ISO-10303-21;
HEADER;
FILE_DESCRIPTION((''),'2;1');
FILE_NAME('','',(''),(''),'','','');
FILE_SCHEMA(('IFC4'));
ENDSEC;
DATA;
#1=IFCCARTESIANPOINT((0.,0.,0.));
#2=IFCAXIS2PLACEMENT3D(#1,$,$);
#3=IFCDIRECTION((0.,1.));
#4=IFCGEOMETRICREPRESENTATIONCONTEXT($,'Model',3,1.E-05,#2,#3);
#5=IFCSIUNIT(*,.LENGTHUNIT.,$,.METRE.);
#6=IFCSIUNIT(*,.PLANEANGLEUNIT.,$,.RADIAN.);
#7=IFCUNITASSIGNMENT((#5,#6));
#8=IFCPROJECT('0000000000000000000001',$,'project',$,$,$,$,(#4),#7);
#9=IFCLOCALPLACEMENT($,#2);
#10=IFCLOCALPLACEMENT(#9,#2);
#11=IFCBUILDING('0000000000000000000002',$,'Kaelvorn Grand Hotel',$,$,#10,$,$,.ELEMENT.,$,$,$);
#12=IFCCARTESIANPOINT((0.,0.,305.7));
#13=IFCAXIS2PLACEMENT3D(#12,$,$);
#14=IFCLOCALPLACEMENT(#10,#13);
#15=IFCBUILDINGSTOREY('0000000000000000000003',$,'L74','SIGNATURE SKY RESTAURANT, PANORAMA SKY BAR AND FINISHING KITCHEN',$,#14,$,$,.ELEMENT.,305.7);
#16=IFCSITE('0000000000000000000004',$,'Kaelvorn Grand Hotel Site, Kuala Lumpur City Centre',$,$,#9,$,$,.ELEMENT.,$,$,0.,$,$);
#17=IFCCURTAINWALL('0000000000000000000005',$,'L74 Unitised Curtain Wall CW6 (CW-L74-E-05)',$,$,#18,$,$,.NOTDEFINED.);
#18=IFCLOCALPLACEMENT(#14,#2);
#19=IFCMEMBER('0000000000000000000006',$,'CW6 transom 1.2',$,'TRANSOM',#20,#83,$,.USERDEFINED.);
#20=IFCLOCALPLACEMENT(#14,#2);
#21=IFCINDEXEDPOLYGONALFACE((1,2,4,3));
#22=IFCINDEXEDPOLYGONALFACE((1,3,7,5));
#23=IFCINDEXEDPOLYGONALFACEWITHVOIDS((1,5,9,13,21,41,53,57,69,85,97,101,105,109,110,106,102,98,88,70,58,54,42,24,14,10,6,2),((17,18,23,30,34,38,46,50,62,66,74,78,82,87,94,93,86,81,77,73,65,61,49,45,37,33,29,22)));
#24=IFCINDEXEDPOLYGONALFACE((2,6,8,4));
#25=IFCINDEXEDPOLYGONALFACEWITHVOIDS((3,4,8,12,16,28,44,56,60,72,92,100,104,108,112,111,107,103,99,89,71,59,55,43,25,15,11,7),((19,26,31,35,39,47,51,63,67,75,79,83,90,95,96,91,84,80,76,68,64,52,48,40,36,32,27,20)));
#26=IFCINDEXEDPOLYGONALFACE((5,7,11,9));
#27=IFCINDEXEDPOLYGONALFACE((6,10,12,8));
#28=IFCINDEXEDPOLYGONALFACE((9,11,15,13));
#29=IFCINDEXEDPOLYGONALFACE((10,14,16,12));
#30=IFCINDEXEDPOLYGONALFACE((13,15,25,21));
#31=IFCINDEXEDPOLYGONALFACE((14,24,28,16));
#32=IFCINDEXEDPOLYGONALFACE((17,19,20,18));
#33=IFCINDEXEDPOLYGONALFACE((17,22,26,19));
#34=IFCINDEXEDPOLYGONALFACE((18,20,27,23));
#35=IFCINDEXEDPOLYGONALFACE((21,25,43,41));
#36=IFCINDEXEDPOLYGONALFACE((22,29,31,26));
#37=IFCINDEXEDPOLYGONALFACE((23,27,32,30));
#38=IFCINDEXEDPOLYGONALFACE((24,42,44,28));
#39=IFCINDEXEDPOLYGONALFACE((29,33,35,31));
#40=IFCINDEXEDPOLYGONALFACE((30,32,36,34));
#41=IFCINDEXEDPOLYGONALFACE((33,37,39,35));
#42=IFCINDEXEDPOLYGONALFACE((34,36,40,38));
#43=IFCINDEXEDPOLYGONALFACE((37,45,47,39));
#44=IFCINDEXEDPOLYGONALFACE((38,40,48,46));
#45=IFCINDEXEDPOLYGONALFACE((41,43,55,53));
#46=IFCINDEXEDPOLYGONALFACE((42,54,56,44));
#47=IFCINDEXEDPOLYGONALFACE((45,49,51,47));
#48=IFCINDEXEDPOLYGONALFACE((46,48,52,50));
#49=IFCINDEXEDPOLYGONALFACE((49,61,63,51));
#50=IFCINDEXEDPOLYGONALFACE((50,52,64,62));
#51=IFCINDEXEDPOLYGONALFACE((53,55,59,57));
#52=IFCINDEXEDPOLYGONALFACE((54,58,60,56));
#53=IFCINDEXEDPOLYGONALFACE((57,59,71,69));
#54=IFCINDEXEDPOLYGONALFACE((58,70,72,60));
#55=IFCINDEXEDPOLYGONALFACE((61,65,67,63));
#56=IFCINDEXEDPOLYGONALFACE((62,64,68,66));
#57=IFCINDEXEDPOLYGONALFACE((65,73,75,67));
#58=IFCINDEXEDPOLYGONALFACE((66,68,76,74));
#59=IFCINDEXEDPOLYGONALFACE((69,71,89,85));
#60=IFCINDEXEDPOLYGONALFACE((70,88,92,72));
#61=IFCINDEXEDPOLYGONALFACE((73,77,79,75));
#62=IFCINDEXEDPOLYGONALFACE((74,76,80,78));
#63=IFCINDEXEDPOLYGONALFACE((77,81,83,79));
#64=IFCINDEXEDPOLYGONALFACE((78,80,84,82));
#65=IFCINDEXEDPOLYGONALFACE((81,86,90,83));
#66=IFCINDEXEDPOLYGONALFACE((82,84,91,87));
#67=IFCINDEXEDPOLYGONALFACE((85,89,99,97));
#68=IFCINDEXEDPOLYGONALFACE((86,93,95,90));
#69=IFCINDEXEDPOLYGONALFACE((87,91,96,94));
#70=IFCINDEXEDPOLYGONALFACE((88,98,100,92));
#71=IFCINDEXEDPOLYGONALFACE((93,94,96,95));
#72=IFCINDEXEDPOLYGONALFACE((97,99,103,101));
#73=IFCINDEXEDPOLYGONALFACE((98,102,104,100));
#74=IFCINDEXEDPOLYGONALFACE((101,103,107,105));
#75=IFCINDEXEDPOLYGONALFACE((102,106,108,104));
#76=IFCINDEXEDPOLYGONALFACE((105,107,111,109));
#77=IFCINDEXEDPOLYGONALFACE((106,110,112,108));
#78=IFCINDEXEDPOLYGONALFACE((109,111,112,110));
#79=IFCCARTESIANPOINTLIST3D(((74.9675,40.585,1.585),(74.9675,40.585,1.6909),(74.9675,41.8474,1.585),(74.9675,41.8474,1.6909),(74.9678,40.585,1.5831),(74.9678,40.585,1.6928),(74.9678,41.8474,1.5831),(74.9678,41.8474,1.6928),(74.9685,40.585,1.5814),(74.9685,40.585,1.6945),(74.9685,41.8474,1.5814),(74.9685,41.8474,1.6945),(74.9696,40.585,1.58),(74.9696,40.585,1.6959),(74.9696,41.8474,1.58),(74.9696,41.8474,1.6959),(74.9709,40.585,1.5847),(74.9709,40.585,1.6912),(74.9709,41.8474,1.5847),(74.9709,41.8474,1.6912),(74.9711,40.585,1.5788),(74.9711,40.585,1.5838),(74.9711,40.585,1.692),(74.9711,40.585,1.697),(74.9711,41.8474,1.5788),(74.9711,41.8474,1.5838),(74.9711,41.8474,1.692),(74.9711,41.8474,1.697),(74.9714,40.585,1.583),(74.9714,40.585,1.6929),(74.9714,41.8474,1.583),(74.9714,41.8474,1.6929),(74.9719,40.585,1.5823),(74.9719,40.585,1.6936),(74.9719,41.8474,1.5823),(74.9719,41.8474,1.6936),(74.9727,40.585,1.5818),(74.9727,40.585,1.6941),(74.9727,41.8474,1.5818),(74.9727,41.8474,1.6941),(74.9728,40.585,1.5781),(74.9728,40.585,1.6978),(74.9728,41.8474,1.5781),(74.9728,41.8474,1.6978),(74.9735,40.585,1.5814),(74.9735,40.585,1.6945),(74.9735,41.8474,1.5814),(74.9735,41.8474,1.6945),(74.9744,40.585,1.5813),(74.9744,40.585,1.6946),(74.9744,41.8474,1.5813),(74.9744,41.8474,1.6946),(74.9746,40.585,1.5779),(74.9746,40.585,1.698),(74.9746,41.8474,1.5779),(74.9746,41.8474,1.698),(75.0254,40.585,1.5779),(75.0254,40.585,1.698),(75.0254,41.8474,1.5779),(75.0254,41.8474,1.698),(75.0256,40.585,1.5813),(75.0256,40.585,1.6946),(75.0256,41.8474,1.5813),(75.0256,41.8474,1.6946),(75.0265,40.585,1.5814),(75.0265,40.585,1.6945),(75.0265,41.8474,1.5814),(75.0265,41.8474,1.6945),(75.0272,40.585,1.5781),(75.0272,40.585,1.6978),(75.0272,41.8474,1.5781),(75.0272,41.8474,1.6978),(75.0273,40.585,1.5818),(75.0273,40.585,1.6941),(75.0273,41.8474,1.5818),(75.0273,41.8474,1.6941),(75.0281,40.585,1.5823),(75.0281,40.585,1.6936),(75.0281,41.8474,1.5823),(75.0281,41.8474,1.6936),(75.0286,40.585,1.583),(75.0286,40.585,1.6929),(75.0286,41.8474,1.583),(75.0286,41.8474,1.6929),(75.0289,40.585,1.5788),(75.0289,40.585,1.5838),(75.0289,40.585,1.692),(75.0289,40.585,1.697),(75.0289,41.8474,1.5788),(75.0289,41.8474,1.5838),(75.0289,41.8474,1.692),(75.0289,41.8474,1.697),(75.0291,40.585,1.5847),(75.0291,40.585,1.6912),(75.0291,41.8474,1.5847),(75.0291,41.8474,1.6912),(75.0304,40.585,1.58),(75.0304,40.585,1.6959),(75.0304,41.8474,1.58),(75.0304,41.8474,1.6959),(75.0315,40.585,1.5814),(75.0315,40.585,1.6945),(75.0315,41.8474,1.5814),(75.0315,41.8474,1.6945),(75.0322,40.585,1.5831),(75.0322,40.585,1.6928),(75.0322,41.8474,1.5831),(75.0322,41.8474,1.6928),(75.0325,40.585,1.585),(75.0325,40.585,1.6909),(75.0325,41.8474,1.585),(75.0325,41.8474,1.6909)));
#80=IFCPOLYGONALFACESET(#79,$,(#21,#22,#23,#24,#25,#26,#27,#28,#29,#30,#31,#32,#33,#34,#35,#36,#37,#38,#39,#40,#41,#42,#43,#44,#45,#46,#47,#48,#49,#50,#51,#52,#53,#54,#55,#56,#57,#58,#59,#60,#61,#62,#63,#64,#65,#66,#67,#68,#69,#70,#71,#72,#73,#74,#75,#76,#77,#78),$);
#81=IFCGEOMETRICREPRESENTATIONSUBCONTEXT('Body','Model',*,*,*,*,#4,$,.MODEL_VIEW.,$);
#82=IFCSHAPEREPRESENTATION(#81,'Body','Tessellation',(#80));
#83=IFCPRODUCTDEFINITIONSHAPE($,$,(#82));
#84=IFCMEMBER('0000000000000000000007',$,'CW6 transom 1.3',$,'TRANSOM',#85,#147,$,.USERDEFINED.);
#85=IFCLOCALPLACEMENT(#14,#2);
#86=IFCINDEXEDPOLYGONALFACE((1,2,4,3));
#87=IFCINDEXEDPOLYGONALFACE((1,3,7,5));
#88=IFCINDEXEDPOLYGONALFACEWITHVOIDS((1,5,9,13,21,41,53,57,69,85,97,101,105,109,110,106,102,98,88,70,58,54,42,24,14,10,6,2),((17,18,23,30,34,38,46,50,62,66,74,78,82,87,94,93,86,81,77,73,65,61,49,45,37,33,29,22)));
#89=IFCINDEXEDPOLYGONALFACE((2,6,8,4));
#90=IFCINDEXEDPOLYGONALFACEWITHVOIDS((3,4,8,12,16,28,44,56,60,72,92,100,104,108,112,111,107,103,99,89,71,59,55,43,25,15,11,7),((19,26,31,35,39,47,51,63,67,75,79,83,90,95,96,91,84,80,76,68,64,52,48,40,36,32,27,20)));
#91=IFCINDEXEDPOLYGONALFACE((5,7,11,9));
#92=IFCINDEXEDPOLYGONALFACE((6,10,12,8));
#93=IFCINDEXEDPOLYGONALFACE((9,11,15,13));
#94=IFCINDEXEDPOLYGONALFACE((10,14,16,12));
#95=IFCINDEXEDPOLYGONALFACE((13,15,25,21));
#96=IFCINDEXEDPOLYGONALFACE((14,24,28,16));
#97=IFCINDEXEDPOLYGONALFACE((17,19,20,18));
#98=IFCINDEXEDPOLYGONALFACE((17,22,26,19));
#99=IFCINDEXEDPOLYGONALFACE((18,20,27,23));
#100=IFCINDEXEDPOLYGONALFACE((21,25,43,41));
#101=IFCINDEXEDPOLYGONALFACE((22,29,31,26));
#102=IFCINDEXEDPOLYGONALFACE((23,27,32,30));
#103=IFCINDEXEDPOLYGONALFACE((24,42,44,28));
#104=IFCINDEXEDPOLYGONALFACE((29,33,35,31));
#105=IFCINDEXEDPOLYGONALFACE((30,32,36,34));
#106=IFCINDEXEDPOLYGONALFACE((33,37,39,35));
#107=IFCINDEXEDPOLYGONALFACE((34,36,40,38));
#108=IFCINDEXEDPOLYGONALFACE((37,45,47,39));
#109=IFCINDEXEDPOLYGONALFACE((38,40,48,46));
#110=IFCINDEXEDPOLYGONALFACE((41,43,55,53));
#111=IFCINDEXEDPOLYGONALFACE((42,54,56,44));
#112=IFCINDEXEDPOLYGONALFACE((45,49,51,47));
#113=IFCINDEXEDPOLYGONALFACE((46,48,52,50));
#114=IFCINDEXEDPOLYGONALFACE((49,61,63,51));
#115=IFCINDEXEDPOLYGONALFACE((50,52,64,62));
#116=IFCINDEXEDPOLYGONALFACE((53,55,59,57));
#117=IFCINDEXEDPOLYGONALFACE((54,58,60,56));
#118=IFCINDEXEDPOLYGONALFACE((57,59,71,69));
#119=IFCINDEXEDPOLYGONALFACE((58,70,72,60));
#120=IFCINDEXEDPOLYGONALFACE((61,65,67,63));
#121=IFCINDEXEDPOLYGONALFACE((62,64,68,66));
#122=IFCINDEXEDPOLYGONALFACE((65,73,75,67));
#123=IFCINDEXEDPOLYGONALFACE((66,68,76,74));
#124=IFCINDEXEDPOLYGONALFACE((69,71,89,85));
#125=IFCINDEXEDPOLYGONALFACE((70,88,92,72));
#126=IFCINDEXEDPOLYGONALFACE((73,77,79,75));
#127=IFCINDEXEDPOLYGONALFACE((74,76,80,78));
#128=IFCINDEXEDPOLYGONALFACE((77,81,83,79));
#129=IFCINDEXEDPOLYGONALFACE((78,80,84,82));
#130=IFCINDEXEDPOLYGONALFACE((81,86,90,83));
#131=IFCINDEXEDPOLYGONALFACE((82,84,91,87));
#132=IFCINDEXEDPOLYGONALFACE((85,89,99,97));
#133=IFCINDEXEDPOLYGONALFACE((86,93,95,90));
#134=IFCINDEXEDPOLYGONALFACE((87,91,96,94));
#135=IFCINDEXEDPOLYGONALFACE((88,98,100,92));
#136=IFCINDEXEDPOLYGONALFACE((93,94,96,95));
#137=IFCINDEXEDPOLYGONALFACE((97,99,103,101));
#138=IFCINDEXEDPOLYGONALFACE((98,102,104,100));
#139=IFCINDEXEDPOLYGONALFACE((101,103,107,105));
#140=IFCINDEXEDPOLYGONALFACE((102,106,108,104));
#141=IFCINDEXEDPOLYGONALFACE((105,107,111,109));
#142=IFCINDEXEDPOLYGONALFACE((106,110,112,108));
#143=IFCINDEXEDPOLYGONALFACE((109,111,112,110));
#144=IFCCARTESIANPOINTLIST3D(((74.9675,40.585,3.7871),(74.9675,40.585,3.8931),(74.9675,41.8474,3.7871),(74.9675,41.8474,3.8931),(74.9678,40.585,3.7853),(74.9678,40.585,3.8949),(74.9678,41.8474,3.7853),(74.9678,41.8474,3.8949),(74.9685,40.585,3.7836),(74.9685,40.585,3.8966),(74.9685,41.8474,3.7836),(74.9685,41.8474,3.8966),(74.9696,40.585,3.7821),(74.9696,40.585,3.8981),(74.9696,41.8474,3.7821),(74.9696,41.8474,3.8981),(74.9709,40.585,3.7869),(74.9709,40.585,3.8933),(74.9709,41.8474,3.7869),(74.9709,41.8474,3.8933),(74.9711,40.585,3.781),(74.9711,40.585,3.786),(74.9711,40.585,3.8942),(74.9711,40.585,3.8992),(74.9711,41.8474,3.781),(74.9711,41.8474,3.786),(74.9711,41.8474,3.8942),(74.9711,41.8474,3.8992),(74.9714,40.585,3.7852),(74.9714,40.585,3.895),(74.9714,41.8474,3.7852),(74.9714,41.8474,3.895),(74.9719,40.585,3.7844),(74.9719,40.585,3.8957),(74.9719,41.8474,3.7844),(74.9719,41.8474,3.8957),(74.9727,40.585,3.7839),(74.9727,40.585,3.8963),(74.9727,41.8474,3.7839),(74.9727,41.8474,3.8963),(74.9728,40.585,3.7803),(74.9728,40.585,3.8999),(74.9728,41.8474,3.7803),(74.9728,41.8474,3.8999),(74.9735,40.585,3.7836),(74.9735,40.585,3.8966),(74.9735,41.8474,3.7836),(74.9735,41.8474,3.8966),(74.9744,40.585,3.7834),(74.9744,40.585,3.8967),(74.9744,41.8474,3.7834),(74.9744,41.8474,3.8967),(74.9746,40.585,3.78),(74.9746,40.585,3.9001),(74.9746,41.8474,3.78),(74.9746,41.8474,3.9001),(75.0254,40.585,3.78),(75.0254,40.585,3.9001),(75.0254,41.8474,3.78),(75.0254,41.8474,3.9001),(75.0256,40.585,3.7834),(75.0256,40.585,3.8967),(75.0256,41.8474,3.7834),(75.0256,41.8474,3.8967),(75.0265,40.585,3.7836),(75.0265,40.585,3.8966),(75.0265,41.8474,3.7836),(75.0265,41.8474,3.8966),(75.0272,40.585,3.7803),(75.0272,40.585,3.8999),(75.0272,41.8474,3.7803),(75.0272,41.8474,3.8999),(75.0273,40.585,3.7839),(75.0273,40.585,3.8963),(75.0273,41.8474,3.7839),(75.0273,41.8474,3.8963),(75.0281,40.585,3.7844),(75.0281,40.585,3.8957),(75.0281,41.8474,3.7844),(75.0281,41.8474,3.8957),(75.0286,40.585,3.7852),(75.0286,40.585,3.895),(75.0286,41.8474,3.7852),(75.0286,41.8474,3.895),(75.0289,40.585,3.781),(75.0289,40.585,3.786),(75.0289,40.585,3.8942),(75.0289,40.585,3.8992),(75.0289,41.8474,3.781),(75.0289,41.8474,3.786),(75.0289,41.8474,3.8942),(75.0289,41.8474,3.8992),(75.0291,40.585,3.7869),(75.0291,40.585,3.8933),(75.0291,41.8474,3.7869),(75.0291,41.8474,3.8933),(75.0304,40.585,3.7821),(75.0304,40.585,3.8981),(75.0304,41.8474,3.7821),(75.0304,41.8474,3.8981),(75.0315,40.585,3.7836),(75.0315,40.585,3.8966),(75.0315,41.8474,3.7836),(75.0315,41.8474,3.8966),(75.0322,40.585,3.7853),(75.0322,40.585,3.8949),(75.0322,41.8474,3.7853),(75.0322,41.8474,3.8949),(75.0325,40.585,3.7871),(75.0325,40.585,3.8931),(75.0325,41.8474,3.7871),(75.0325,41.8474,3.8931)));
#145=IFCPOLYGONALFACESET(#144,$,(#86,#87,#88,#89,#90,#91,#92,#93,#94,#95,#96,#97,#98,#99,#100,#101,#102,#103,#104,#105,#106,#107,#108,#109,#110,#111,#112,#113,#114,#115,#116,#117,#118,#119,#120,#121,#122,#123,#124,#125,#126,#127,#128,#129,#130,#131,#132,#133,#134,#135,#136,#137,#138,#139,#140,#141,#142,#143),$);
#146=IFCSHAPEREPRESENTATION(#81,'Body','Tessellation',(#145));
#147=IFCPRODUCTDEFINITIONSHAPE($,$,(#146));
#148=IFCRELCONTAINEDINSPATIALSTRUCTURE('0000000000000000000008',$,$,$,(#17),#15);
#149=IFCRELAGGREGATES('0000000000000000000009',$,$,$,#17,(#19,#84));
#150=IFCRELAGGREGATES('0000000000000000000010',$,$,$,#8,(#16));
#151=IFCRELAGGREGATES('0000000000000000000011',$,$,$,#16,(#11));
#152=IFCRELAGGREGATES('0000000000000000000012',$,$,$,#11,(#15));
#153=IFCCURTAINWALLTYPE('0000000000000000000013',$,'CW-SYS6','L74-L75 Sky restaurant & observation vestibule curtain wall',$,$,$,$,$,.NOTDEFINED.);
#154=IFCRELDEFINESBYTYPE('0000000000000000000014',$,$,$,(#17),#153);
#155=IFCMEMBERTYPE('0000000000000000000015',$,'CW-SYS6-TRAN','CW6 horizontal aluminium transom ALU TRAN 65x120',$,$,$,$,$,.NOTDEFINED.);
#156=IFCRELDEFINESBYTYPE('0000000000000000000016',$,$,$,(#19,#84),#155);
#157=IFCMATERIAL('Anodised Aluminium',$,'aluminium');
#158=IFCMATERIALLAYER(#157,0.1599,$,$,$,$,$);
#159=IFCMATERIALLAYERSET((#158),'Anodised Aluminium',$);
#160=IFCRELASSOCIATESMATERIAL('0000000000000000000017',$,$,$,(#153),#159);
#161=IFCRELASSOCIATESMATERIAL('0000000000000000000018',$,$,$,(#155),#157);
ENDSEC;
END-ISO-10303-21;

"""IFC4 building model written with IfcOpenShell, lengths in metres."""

from ifc_helpers import new_model, si_unit, direction, frame, origin, origin_2d, place, context, subcontext, project, spatial, hollow_rectangle, extrude, material, layer, layer_set, material_profile, profile_set, type_object, element, aggregate, save


model = new_model("IFC4")

# Units and contexts
model_context = context("Model", 3, precision=1e-05, world=origin(), true_north=direction((0.0, 1.0)))
body_context = subcontext(model_context, "Body", "Model", "MODEL_VIEW")
ifc_project = project(units=[si_unit("LENGTHUNIT", "METRE"), si_unit("PLANEANGLEUNIT", "RADIAN")], contexts=[model_context])

# Site, building, storey
site_placement = place(None, origin())
site = spatial("IfcSite", under=ifc_project, at=site_placement, Name="Kaelvorn Grand Hotel Site, Kuala Lumpur City Centre", CompositionType="ELEMENT", RefElevation=0.0)
building_placement = place(site_placement, origin())
building = spatial("IfcBuilding", under=site, at=building_placement, Name="Kaelvorn Grand Hotel", CompositionType="ELEMENT")
storey_placement = place(building_placement, frame((0.0, 0.0, 305.7)))
storey = spatial("IfcBuildingStorey", under=building, at=storey_placement, Name="L74", Description="SIGNATURE SKY RESTAURANT, PANORAMA SKY BAR AND FINISHING KITCHEN", CompositionType="ELEMENT", Elevation=305.7)

# Curtain wall, members
ifc_material_1 = material(Name="Anodised Aluminium", Category="aluminium")
ifc_layer_1 = layer(ifc_material_1, 0.1599)
ifc_layer_set_1 = layer_set([ifc_layer_1], Name="Anodised Aluminium")
curtain_wall_type = type_object("IfcCurtainWallType", Name="CW-SYS6", Description="L74-L75 Sky restaurant & observation vestibule curtain wall", PredefinedType="NOTDEFINED", material=ifc_layer_set_1)
curtain_wall_placement = place(storey_placement, origin())
curtain_wall = element("IfcCurtainWall", 1, at=curtain_wall_placement, inside=storey, type_object=curtain_wall_type, Name="L74 Unitised Curtain Wall CW6 (CW-L74-E-05)", PredefinedType="NOTDEFINED")
ifc_material_profile_1 = material_profile(ifc_material_1, hollow_rectangle(XDim=0.0649, YDim=0.1201, WallThickness=0.0034, InnerFilletRadius=0.0034, OuterFilletRadius=0.0071, at=origin_2d()), Name="ALU TRAN 65x120")
ifc_profile_set_1 = profile_set([ifc_material_profile_1], Name="Anodised Aluminium")
member_type_1 = type_object("IfcMemberType", Name="CW-SYS6-TRAN", Description="CW6 horizontal aluminium transom ALU TRAN 65x120", PredefinedType="NOTDEFINED", material=ifc_profile_set_1)
member_1_placement = place(storey_placement, frame((75.0, 40.585, 1.6379), z_axis=(0.0, 1.0, 0.0), x_axis=(-1.0, 0.0, 0.0)))
member_1 = element("IfcMember", 2, at=member_1_placement, type_object=member_type_1, Name="CW6 transom 1.2", ObjectType="TRANSOM", PredefinedType="USERDEFINED", context=body_context, shape_type="SweptSolid", body=[
    extrude(hollow_rectangle(XDim=0.0649, YDim=0.1201, WallThickness=0.0034, InnerFilletRadius=0.0034, OuterFilletRadius=0.0071, at=origin_2d()), origin(), (0.0, 0.0, 1.0), 1.2625),
])
member_2_placement = place(storey_placement, frame((75.0, 40.585, 3.8401), z_axis=(0.0, 1.0, 0.0), x_axis=(-1.0, 0.0, 0.0)))
member_2 = element("IfcMember", 3, at=member_2_placement, type_object=member_type_1, Name="CW6 transom 1.3", ObjectType="TRANSOM", PredefinedType="USERDEFINED", context=body_context, shape_type="SweptSolid", body=[
    extrude(hollow_rectangle(XDim=0.0649, YDim=0.1201, WallThickness=0.0034, InnerFilletRadius=0.0034, OuterFilletRadius=0.0071, at=origin_2d()), origin(), (0.0, 0.0, 1.0), 1.2625),
])
aggregate(curtain_wall, [member_1, member_2])

save(model, "model.ifc")
